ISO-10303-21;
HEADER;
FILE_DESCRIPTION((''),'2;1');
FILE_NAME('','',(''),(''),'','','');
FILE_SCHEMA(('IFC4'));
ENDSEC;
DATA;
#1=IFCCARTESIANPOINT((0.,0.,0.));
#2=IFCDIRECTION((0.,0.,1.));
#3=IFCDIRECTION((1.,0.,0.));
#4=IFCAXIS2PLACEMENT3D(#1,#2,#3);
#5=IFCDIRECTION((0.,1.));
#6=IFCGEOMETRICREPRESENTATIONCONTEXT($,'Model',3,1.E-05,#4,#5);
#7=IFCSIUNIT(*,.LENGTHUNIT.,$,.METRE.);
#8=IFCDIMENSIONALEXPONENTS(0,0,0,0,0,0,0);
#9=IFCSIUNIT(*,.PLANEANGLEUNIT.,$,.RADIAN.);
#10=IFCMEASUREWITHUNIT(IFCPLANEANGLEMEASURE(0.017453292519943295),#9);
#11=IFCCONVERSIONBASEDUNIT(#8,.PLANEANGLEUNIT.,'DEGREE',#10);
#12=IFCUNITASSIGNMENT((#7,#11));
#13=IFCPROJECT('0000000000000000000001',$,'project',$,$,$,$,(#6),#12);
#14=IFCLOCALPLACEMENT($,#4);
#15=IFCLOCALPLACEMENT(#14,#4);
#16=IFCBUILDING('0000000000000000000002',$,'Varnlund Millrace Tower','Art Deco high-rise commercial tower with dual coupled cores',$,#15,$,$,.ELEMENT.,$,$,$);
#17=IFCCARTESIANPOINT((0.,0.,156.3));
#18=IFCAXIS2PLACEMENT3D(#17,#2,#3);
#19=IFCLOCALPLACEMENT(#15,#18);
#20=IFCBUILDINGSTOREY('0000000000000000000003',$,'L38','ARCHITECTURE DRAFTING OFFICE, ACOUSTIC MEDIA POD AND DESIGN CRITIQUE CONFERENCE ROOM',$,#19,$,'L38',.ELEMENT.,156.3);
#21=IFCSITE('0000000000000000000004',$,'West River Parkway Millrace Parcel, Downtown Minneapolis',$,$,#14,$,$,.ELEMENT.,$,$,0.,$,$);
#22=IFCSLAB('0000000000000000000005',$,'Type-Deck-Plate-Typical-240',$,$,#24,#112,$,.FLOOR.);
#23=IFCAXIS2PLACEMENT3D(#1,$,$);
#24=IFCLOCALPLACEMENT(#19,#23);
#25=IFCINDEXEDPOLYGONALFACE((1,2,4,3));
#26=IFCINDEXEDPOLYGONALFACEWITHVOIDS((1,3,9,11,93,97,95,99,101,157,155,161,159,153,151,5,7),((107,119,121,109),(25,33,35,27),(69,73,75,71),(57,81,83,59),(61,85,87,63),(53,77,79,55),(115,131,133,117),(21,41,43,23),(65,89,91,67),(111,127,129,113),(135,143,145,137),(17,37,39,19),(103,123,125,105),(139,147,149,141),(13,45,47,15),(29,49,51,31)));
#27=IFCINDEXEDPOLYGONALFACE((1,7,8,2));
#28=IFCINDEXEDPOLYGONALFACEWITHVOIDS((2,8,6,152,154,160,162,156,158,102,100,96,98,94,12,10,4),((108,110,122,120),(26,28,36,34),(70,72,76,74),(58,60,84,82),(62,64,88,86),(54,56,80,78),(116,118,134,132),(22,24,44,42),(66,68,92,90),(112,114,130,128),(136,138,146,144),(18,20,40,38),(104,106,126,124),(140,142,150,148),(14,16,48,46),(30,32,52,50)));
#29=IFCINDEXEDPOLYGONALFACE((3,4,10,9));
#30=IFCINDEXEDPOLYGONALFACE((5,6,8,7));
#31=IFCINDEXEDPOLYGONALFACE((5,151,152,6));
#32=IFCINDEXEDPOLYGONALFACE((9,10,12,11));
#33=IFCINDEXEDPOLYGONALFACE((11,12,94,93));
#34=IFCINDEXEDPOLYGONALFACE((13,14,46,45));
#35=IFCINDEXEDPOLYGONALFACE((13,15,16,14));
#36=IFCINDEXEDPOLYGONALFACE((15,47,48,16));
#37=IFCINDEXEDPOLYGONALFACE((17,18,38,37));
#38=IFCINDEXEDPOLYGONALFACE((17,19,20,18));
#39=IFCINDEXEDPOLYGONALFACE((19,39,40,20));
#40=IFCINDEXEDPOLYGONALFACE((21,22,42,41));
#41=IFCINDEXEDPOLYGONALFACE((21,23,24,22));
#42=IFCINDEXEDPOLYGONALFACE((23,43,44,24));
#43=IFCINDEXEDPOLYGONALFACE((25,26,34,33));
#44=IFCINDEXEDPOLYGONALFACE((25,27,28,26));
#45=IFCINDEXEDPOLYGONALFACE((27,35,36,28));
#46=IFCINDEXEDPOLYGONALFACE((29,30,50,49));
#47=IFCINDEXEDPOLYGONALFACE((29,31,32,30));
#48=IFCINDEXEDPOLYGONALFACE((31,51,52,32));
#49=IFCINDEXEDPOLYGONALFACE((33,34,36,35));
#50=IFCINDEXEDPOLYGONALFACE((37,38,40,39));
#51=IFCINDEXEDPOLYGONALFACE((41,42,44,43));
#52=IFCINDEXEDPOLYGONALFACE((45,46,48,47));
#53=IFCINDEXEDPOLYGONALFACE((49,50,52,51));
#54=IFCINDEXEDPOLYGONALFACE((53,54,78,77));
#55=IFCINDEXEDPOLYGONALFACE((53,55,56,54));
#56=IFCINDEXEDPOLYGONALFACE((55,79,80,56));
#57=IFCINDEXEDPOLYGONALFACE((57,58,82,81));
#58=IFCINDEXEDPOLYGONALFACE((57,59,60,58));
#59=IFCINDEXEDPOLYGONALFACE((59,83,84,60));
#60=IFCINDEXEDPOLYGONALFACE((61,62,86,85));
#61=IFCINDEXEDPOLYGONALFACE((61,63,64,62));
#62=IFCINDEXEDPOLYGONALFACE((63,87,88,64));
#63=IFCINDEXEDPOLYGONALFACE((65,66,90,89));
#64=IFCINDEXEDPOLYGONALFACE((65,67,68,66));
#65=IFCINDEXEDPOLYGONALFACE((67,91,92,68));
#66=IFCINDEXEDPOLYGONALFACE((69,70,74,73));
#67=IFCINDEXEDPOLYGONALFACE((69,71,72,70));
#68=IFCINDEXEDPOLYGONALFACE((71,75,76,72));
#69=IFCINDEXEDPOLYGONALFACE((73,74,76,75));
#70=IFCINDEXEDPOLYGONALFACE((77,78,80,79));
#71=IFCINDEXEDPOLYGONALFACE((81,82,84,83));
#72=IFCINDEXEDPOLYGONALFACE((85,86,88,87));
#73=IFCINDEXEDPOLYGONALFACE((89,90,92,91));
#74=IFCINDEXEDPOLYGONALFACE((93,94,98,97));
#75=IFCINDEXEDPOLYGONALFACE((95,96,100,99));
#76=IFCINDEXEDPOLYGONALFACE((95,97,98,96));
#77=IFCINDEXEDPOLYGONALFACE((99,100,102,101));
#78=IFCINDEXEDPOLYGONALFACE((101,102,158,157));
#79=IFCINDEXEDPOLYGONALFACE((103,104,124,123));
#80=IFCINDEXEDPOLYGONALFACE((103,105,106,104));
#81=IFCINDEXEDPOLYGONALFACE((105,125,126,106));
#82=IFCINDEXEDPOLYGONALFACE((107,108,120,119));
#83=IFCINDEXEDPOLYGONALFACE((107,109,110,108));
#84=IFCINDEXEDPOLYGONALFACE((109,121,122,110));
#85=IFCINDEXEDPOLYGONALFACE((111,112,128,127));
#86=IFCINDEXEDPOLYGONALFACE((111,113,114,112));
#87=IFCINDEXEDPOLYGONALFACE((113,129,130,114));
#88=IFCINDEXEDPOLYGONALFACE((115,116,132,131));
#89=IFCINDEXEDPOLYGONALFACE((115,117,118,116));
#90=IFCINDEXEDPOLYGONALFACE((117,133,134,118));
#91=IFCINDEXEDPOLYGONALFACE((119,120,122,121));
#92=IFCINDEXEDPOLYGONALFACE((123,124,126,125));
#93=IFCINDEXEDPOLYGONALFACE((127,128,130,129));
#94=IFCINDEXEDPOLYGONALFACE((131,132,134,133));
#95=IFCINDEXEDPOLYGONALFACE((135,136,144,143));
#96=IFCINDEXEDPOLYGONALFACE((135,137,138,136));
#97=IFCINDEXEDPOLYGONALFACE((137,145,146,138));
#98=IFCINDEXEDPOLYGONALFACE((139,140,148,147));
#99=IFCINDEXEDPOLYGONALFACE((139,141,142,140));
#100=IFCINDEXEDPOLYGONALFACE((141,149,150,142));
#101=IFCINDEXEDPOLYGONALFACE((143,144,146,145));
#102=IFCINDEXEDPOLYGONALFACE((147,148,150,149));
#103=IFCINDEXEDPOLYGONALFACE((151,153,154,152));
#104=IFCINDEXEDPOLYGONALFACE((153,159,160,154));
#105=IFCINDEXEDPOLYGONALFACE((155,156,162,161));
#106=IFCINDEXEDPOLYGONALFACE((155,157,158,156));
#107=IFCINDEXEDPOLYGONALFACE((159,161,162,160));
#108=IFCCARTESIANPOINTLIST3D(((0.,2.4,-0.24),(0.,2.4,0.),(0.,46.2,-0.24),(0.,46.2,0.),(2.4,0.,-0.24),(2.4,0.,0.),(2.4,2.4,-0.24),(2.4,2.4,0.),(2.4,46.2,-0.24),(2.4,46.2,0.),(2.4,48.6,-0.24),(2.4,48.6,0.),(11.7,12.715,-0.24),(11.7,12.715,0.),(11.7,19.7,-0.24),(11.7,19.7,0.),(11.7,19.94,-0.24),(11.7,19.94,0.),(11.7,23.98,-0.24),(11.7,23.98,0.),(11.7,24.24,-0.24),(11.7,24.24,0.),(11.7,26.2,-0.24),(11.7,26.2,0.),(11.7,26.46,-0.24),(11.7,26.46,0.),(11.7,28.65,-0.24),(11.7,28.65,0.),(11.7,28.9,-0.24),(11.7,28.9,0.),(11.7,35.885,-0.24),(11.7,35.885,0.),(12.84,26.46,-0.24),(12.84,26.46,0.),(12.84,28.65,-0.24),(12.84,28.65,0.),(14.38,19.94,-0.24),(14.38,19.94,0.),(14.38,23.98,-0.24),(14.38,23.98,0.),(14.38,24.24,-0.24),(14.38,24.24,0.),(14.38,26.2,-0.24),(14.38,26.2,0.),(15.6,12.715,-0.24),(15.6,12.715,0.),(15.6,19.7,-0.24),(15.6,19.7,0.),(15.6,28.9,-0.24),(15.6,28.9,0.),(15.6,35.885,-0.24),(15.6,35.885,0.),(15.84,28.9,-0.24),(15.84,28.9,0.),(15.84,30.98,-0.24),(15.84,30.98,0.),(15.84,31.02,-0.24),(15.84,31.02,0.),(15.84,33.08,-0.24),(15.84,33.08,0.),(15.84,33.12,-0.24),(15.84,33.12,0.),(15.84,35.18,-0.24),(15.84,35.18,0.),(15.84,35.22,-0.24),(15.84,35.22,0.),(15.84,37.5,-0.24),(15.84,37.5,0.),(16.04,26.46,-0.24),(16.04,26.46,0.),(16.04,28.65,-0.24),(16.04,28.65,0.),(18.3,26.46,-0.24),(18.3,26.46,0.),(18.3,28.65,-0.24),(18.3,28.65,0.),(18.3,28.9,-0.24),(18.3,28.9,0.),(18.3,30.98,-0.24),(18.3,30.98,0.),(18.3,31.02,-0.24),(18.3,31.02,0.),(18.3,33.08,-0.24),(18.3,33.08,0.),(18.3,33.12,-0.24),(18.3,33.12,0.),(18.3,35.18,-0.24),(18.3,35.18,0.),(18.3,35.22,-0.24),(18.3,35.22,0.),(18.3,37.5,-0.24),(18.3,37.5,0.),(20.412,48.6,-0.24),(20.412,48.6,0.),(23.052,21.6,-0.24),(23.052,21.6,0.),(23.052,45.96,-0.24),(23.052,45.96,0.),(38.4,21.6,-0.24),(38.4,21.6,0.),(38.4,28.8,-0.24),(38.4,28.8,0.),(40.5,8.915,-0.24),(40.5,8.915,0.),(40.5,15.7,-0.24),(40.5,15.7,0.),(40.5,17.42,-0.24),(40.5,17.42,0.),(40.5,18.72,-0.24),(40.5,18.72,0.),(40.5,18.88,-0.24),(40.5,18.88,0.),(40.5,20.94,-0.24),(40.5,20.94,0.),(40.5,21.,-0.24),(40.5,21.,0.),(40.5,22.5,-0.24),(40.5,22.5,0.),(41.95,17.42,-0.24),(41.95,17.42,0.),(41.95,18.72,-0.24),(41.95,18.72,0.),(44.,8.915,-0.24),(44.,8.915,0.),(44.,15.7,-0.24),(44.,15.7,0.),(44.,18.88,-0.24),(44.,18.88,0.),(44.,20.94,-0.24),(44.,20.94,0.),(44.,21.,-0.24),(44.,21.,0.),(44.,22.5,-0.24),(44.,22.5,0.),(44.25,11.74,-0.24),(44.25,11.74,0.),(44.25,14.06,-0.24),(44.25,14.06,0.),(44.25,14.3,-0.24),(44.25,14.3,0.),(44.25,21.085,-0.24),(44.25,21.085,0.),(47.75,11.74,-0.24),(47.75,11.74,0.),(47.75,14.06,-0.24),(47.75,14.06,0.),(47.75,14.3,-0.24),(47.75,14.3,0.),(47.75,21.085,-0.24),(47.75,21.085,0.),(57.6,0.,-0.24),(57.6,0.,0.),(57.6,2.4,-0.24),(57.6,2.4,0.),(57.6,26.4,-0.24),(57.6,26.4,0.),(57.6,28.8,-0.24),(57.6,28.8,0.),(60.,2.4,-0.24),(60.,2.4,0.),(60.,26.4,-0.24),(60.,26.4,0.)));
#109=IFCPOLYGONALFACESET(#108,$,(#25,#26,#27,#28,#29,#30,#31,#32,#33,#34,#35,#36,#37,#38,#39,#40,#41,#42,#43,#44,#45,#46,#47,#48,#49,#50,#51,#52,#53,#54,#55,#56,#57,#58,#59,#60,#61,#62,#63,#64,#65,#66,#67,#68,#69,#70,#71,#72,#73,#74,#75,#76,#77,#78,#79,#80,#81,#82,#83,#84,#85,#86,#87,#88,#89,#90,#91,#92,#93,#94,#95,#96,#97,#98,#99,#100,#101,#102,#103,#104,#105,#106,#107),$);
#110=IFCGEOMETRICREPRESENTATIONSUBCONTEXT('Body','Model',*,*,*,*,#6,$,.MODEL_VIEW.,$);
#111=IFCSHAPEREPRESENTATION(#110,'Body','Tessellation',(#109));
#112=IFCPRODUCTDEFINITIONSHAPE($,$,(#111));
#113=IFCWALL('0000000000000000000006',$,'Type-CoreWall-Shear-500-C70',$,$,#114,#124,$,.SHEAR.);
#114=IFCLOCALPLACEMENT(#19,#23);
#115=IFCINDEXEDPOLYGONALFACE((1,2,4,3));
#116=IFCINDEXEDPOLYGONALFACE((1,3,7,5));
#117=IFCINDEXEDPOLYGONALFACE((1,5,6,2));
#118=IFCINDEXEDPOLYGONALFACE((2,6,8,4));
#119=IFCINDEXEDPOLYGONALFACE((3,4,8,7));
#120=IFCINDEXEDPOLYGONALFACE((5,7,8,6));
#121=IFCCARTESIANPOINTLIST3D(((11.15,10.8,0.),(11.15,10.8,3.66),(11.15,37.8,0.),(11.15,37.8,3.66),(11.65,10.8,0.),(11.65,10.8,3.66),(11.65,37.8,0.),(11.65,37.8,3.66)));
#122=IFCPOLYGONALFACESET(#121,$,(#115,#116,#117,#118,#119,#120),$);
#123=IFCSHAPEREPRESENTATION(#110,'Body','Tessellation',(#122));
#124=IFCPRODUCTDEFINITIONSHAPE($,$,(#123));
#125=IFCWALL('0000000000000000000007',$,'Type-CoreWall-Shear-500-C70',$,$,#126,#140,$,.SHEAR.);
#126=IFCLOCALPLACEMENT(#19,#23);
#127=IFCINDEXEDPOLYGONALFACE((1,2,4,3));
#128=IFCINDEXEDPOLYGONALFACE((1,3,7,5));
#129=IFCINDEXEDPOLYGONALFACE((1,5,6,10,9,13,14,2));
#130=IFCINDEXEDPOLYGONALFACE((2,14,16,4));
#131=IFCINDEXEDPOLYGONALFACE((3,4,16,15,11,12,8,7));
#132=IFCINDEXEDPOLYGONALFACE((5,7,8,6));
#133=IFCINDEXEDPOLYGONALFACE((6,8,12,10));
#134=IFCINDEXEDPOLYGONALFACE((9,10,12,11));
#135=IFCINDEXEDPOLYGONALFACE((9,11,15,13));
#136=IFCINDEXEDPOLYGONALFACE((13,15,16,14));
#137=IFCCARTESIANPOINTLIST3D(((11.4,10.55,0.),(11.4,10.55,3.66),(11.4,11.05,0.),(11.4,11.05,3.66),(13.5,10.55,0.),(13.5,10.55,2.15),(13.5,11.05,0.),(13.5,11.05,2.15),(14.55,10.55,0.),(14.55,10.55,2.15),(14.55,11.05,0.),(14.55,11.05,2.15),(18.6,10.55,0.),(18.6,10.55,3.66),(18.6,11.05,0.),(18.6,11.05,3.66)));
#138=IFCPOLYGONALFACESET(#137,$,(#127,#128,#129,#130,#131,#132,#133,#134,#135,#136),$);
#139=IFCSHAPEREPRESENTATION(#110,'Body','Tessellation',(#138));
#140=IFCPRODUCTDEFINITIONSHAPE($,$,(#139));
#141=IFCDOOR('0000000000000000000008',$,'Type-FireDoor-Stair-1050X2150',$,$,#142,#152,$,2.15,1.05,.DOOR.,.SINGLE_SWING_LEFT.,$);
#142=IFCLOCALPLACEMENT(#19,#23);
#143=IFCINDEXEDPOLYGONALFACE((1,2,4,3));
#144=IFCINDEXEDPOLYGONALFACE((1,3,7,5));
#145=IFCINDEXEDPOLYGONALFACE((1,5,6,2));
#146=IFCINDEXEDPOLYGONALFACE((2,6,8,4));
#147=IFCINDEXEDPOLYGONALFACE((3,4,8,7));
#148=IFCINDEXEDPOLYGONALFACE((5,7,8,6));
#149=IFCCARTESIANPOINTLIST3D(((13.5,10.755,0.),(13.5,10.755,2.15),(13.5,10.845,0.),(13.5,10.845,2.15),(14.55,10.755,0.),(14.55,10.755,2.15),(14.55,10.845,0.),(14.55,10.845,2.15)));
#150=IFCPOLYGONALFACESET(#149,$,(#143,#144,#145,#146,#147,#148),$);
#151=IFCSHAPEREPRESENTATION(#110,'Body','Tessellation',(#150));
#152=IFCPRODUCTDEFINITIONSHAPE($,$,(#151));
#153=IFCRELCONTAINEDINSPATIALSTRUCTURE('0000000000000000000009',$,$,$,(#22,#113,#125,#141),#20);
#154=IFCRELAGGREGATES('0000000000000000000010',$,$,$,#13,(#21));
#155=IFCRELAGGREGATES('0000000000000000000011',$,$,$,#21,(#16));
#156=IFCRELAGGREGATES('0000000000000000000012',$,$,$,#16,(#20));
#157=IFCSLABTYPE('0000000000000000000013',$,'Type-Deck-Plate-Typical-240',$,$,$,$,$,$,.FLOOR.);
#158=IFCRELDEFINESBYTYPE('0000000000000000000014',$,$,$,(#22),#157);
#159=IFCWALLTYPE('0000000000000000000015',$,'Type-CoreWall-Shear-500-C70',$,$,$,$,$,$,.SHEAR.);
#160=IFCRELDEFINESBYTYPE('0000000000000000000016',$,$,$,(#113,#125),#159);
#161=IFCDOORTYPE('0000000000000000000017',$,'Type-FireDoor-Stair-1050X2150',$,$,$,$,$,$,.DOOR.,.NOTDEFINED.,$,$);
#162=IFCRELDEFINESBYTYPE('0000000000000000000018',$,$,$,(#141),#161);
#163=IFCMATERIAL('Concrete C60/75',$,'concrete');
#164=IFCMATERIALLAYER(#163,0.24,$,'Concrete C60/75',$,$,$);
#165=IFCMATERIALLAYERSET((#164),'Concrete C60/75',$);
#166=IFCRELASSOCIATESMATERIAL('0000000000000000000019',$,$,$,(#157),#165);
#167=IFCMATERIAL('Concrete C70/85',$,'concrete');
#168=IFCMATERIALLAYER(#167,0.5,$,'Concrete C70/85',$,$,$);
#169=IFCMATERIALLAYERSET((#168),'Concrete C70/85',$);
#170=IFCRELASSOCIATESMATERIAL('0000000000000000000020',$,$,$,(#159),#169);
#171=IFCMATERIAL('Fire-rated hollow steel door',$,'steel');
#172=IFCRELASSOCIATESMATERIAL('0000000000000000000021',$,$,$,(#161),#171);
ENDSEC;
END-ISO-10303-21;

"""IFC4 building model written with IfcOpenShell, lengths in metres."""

from ifc_helpers import new_model, entity, si_unit, converted_unit, direction, frame, origin_with_axes, origin_2d_with_axis, place, context, subcontext, project, spatial, polyline, rectangle, outline, extrude, material, layer, layer_set, type_object, element, fill, save


model = new_model("IFC4")

# Units and contexts
model_context = context("Model", 3, precision=1e-05, world=origin_with_axes(), true_north=direction((0.0, 1.0)))
body_context = subcontext(model_context, "Body", "Model", "MODEL_VIEW")
ifc_project = project(units=[si_unit("LENGTHUNIT", "METRE"), converted_unit("PLANEANGLEUNIT", "DEGREE", entity("IfcPlaneAngleMeasure", 0.017453292519943295), si_unit("PLANEANGLEUNIT", "RADIAN"), dimensions=[0, 0, 0, 0, 0, 0, 0])], contexts=[model_context])

# Site, building, storey
site_placement = place(None, origin_with_axes())
site = spatial("IfcSite", under=ifc_project, at=site_placement, Name="West River Parkway Millrace Parcel, Downtown Minneapolis", CompositionType="ELEMENT", RefElevation=0.0)
building_placement = place(site_placement, origin_with_axes())
building = spatial("IfcBuilding", under=site, at=building_placement, Name="Varnlund Millrace Tower", Description="Art Deco high-rise commercial tower with dual coupled cores", CompositionType="ELEMENT")
storey_placement = place(building_placement, frame((0.0, 0.0, 156.3), z_axis=(0.0, 0.0, 1.0), x_axis=(1.0, 0.0, 0.0)))
storey = spatial("IfcBuildingStorey", under=building, at=storey_placement, Name="L38", Description="ARCHITECTURE DRAFTING OFFICE, ACOUSTIC MEDIA POD AND DESIGN CRITIQUE CONFERENCE ROOM", LongName="L38", CompositionType="ELEMENT", Elevation=156.3)

# Slab
ifc_material_1 = material(Name="Concrete C60/75", Category="concrete")
ifc_layer_1 = layer(ifc_material_1, 0.24, Name="Concrete C60/75")
ifc_layer_set_1 = layer_set([ifc_layer_1], Name="Concrete C60/75")
slab_type = type_object("IfcSlabType", Name="Type-Deck-Plate-Typical-240", PredefinedType="FLOOR", material=ifc_layer_set_1)
slab_placement = place(storey_placement, frame((0.0, 0.0, -0.24), z_axis=(0.0, 0.0, 1.0), x_axis=(1.0, 0.0, 0.0)))
element("IfcSlab", 1, at=slab_placement, inside=storey, type_object=slab_type, Name="Type-Deck-Plate-Typical-240", PredefinedType="FLOOR", context=body_context, shape_type="SweptSolid", body=[
    extrude(outline(polyline([(23.052, 21.6), (23.052, 45.96), (20.412, 48.6), (2.4, 48.6), (2.4, 46.2), (0.0, 46.2), (0.0, 2.4), (2.4, 2.4), (2.4, 0.0), (57.6, 0.0), (57.6, 2.4), (60.0, 2.4), (60.0, 26.4), (57.6, 26.4), (57.6, 28.8), (38.4, 28.8), (38.4, 21.6), (23.052, 21.6)]), holes=[polyline([(15.6, 12.715), (11.7, 12.715), (11.7, 19.7), (15.6, 19.7), (15.6, 12.715)]), polyline([(14.38, 23.98), (14.38, 19.94), (11.7, 19.94), (11.7, 23.98), (14.38, 23.98)]), polyline([(14.38, 24.24), (11.7, 24.24), (11.7, 26.2), (14.38, 26.2), (14.38, 24.24)]), polyline([(12.84, 26.46), (11.7, 26.46), (11.7, 28.65), (12.84, 28.65), (12.84, 26.46)]), polyline([(18.3, 28.9), (15.84, 28.9), (15.84, 30.98), (18.3, 30.98), (18.3, 28.9)]), polyline([(18.3, 31.02), (15.84, 31.02), (15.84, 33.08), (18.3, 33.08), (18.3, 31.02)]), polyline([(15.6, 28.9), (11.7, 28.9), (11.7, 35.885), (15.6, 35.885), (15.6, 28.9)]), polyline([(18.3, 33.12), (15.84, 33.12), (15.84, 35.18), (18.3, 35.18), (18.3, 33.12)]), polyline([(44.0, 8.915), (40.5, 8.915), (40.5, 15.7), (44.0, 15.7), (44.0, 8.915)]), polyline([(47.75, 11.74), (44.25, 11.74), (44.25, 14.06), (47.75, 14.06), (47.75, 11.74)]), polyline([(47.75, 14.3), (44.25, 14.3), (44.25, 21.085), (47.75, 21.085), (47.75, 14.3)]), polyline([(41.95, 17.42), (40.5, 17.42), (40.5, 18.72), (41.95, 18.72), (41.95, 17.42)]), polyline([(44.0, 18.88), (40.5, 18.88), (40.5, 20.94), (44.0, 20.94), (44.0, 18.88)]), polyline([(44.0, 21.0), (40.5, 21.0), (40.5, 22.5), (44.0, 22.5), (44.0, 21.0)]), polyline([(16.04, 26.46), (16.04, 28.65), (18.3, 28.65), (18.3, 26.46), (16.04, 26.46)]), polyline([(15.84, 35.22), (15.84, 37.5), (18.3, 37.5), (18.3, 35.22), (15.84, 35.22)])]), origin_with_axes(), (0.0, 0.0, 1.0), 0.24),
])

# Wall
ifc_material_2 = material(Name="Concrete C70/85", Category="concrete")
ifc_layer_2 = layer(ifc_material_2, 0.5, Name="Concrete C70/85")
ifc_layer_set_2 = layer_set([ifc_layer_2], Name="Concrete C70/85")
wall_type_1 = type_object("IfcWallType", Name="Type-CoreWall-Shear-500-C70", PredefinedType="SHEAR", material=ifc_layer_set_2)
wall_1_placement = place(storey_placement, frame((11.4, 10.8, 0.0), z_axis=(0.0, 0.0, 1.0), x_axis=(0.0, 1.0, 0.0)))
element("IfcWall", 2, at=wall_1_placement, inside=storey, type_object=wall_type_1, Name="Type-CoreWall-Shear-500-C70", PredefinedType="SHEAR", context=body_context, shape_type="SweptSolid", body=[
    extrude(outline(polyline([(0.0, -0.25), (27.0, -0.25), (27.0, 0.25), (0.0, 0.25), (0.0, -0.25)])), origin_with_axes(), (0.0, 0.0, 1.0), 3.66),
])

# Wall, opening, door
wall_2_placement = place(storey_placement, frame((11.4, 10.8, 0.0), z_axis=(0.0, 0.0, 1.0), x_axis=(1.0, 0.0, 0.0)))
wall_2 = element("IfcWall", 3, at=wall_2_placement, inside=storey, type_object=wall_type_1, Name="Type-CoreWall-Shear-500-C70", PredefinedType="SHEAR", context=body_context, shape_type="SweptSolid", body=[
    extrude(outline(polyline([(0.0, -0.25), (7.2, -0.25), (7.2, 0.25), (0.0, 0.25), (0.0, -0.25)])), origin_with_axes(), (0.0, 0.0, 1.0), 3.66),
])
opening_1_placement = place(wall_2_placement, frame((2.625, 0.0, 0.0), z_axis=(0.0, 0.0, 1.0), x_axis=(1.0, 0.0, 0.0)))
opening_1 = element("IfcOpeningElement", 4, at=opening_1_placement, cuts=wall_2, PredefinedType="OPENING", context=body_context, shape_type="SweptSolid", body=[
    extrude(rectangle(XDim=1.05, YDim=0.52, at=origin_2d_with_axis()), origin_with_axes(), (0.0, 0.0, 1.0), 2.15),
])
ifc_material_3 = material(Name="Fire-rated hollow steel door", Category="steel")
door_type_1 = type_object("IfcDoorType", Name="Type-FireDoor-Stair-1050X2150", OperationType="NOTDEFINED", PredefinedType="DOOR", material=ifc_material_3)
door_1_placement = place(wall_2_placement, frame((2.625, 0.0, 0.0), z_axis=(0.0, 0.0, 1.0), x_axis=(1.0, 0.0, 0.0)))
door_1 = element("IfcDoor", 5, at=door_1_placement, inside=storey, type_object=door_type_1, Name="Type-FireDoor-Stair-1050X2150", OperationType="SINGLE_SWING_LEFT", OverallHeight=2.15, OverallWidth=1.05, PredefinedType="DOOR", context=body_context, shape_type="SweptSolid", body=[
    extrude(rectangle(XDim=1.05, YDim=0.09, at=origin_2d_with_axis()), origin_with_axes(), (0.0, 0.0, 1.0), 2.15),
])
fill(opening_1, door_1)

save(model, "model.ifc")
